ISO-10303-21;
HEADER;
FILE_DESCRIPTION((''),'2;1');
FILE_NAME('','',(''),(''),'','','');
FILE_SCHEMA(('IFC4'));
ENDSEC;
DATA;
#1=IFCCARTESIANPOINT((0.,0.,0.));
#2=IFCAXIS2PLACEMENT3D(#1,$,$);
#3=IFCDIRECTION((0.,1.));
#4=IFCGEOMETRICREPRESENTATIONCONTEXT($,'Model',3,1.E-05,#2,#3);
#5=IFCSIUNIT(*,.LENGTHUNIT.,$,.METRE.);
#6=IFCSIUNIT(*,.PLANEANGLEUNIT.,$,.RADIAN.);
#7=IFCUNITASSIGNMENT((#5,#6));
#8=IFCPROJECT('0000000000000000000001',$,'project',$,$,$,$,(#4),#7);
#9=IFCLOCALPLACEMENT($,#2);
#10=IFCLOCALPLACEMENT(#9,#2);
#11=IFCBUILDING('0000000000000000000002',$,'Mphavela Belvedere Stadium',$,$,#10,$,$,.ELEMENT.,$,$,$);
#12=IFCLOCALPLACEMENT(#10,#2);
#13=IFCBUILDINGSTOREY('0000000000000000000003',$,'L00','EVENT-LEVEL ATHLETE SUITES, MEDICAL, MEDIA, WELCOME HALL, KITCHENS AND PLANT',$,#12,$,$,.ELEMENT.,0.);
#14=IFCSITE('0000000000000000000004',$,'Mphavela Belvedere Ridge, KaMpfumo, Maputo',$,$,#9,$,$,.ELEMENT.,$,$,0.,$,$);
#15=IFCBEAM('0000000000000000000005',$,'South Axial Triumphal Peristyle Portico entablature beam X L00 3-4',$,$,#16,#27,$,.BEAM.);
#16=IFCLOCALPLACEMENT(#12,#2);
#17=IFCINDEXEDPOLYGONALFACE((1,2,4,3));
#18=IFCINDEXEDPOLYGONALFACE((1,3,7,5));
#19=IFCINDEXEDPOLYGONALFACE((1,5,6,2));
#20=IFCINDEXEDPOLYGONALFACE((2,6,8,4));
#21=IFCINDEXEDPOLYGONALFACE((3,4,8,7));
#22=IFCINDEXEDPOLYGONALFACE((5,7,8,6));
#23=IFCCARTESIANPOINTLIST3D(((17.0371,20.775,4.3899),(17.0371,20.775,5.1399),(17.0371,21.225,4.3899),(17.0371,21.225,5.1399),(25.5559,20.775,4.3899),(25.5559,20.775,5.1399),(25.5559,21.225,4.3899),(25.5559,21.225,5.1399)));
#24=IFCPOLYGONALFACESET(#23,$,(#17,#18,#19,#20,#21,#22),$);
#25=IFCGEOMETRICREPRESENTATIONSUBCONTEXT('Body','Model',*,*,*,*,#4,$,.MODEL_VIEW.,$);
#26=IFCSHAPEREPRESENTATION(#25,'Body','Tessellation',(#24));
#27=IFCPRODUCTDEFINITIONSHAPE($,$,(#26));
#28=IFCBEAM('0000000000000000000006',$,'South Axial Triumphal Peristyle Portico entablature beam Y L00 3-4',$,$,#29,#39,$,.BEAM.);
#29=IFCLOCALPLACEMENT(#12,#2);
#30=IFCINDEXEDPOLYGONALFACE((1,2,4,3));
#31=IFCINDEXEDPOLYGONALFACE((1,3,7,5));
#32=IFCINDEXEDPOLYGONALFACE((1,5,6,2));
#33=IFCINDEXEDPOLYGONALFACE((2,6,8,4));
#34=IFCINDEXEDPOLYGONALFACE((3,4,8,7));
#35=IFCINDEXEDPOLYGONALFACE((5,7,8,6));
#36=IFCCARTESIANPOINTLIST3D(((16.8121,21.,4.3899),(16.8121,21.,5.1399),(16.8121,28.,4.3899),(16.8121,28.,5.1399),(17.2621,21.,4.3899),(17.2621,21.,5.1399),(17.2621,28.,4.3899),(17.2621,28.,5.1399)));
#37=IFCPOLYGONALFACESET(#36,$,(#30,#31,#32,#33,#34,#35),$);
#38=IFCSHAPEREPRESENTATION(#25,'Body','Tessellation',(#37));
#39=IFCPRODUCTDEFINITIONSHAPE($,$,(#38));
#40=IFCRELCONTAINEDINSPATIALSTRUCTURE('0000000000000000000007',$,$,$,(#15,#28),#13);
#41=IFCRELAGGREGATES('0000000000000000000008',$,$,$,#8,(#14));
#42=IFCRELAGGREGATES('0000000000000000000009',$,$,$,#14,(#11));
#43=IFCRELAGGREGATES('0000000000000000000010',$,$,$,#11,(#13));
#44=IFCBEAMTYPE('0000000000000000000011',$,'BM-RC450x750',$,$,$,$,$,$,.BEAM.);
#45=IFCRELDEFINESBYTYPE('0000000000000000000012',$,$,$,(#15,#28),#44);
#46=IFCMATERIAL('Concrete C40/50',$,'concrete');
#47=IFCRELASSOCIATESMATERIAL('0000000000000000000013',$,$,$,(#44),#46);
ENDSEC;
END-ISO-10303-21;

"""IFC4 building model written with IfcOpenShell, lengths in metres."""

from ifc_helpers import new_model, si_unit, direction, frame, origin, origin_2d, place, context, subcontext, project, spatial, rectangle, extrude, material, material_profile, profile_set, type_object, element, save


model = new_model("IFC4")

# Units and contexts
model_context = context("Model", 3, precision=1e-05, world=origin(), true_north=direction((0.0, 1.0)))
body_context = subcontext(model_context, "Body", "Model", "MODEL_VIEW")
ifc_project = project(units=[si_unit("LENGTHUNIT", "METRE"), si_unit("PLANEANGLEUNIT", "RADIAN")], contexts=[model_context])

# Site, building, storey
site_placement = place(None, origin())
site = spatial("IfcSite", under=ifc_project, at=site_placement, Name="Mphavela Belvedere Ridge, KaMpfumo, Maputo", CompositionType="ELEMENT", RefElevation=0.0)
building_placement = place(site_placement, origin())
building = spatial("IfcBuilding", under=site, at=building_placement, Name="Mphavela Belvedere Stadium", CompositionType="ELEMENT")
storey_placement = place(building_placement, origin())
storey = spatial("IfcBuildingStorey", under=building, at=storey_placement, Name="L00", Description="EVENT-LEVEL ATHLETE SUITES, MEDICAL, MEDIA, WELCOME HALL, KITCHENS AND PLANT", CompositionType="ELEMENT", Elevation=0.0)

# Beams
ifc_material_1 = material(Name="Concrete C40/50", Category="concrete")
ifc_material_profile_1 = material_profile(ifc_material_1, rectangle(XDim=0.45, YDim=0.75, at=origin_2d()), Name="RC 450x750")
ifc_profile_set_1 = profile_set([ifc_material_profile_1], Name="Concrete C40/50")
beam_type_1 = type_object("IfcBeamType", Name="BM-RC450x750", PredefinedType="BEAM", material=ifc_profile_set_1)
beam_1_placement = place(storey_placement, frame((17.0371, 21.0, 4.7649), z_axis=(1.0, 0.0, 0.0), x_axis=(0.0, 1.0, 0.0)))
element("IfcBeam", 1, at=beam_1_placement, inside=storey, type_object=beam_type_1, Name="South Axial Triumphal Peristyle Portico entablature beam X L00 3-4", PredefinedType="BEAM", context=body_context, shape_type="SweptSolid", body=[
    extrude(rectangle(XDim=0.45, YDim=0.75, at=origin_2d()), origin(), (0.0, 0.0, 1.0), 8.5188),
])
beam_2_placement = place(storey_placement, frame((17.0371, 21.0, 4.7649), z_axis=(0.0, 1.0, 0.0), x_axis=(-1.0, 0.0, 0.0)))
element("IfcBeam", 2, at=beam_2_placement, inside=storey, type_object=beam_type_1, Name="South Axial Triumphal Peristyle Portico entablature beam Y L00 3-4", PredefinedType="BEAM", context=body_context, shape_type="SweptSolid", body=[
    extrude(rectangle(XDim=0.45, YDim=0.75, at=origin_2d()), origin(), (0.0, 0.0, 1.0), 7.0),
])

save(model, "model.ifc")
